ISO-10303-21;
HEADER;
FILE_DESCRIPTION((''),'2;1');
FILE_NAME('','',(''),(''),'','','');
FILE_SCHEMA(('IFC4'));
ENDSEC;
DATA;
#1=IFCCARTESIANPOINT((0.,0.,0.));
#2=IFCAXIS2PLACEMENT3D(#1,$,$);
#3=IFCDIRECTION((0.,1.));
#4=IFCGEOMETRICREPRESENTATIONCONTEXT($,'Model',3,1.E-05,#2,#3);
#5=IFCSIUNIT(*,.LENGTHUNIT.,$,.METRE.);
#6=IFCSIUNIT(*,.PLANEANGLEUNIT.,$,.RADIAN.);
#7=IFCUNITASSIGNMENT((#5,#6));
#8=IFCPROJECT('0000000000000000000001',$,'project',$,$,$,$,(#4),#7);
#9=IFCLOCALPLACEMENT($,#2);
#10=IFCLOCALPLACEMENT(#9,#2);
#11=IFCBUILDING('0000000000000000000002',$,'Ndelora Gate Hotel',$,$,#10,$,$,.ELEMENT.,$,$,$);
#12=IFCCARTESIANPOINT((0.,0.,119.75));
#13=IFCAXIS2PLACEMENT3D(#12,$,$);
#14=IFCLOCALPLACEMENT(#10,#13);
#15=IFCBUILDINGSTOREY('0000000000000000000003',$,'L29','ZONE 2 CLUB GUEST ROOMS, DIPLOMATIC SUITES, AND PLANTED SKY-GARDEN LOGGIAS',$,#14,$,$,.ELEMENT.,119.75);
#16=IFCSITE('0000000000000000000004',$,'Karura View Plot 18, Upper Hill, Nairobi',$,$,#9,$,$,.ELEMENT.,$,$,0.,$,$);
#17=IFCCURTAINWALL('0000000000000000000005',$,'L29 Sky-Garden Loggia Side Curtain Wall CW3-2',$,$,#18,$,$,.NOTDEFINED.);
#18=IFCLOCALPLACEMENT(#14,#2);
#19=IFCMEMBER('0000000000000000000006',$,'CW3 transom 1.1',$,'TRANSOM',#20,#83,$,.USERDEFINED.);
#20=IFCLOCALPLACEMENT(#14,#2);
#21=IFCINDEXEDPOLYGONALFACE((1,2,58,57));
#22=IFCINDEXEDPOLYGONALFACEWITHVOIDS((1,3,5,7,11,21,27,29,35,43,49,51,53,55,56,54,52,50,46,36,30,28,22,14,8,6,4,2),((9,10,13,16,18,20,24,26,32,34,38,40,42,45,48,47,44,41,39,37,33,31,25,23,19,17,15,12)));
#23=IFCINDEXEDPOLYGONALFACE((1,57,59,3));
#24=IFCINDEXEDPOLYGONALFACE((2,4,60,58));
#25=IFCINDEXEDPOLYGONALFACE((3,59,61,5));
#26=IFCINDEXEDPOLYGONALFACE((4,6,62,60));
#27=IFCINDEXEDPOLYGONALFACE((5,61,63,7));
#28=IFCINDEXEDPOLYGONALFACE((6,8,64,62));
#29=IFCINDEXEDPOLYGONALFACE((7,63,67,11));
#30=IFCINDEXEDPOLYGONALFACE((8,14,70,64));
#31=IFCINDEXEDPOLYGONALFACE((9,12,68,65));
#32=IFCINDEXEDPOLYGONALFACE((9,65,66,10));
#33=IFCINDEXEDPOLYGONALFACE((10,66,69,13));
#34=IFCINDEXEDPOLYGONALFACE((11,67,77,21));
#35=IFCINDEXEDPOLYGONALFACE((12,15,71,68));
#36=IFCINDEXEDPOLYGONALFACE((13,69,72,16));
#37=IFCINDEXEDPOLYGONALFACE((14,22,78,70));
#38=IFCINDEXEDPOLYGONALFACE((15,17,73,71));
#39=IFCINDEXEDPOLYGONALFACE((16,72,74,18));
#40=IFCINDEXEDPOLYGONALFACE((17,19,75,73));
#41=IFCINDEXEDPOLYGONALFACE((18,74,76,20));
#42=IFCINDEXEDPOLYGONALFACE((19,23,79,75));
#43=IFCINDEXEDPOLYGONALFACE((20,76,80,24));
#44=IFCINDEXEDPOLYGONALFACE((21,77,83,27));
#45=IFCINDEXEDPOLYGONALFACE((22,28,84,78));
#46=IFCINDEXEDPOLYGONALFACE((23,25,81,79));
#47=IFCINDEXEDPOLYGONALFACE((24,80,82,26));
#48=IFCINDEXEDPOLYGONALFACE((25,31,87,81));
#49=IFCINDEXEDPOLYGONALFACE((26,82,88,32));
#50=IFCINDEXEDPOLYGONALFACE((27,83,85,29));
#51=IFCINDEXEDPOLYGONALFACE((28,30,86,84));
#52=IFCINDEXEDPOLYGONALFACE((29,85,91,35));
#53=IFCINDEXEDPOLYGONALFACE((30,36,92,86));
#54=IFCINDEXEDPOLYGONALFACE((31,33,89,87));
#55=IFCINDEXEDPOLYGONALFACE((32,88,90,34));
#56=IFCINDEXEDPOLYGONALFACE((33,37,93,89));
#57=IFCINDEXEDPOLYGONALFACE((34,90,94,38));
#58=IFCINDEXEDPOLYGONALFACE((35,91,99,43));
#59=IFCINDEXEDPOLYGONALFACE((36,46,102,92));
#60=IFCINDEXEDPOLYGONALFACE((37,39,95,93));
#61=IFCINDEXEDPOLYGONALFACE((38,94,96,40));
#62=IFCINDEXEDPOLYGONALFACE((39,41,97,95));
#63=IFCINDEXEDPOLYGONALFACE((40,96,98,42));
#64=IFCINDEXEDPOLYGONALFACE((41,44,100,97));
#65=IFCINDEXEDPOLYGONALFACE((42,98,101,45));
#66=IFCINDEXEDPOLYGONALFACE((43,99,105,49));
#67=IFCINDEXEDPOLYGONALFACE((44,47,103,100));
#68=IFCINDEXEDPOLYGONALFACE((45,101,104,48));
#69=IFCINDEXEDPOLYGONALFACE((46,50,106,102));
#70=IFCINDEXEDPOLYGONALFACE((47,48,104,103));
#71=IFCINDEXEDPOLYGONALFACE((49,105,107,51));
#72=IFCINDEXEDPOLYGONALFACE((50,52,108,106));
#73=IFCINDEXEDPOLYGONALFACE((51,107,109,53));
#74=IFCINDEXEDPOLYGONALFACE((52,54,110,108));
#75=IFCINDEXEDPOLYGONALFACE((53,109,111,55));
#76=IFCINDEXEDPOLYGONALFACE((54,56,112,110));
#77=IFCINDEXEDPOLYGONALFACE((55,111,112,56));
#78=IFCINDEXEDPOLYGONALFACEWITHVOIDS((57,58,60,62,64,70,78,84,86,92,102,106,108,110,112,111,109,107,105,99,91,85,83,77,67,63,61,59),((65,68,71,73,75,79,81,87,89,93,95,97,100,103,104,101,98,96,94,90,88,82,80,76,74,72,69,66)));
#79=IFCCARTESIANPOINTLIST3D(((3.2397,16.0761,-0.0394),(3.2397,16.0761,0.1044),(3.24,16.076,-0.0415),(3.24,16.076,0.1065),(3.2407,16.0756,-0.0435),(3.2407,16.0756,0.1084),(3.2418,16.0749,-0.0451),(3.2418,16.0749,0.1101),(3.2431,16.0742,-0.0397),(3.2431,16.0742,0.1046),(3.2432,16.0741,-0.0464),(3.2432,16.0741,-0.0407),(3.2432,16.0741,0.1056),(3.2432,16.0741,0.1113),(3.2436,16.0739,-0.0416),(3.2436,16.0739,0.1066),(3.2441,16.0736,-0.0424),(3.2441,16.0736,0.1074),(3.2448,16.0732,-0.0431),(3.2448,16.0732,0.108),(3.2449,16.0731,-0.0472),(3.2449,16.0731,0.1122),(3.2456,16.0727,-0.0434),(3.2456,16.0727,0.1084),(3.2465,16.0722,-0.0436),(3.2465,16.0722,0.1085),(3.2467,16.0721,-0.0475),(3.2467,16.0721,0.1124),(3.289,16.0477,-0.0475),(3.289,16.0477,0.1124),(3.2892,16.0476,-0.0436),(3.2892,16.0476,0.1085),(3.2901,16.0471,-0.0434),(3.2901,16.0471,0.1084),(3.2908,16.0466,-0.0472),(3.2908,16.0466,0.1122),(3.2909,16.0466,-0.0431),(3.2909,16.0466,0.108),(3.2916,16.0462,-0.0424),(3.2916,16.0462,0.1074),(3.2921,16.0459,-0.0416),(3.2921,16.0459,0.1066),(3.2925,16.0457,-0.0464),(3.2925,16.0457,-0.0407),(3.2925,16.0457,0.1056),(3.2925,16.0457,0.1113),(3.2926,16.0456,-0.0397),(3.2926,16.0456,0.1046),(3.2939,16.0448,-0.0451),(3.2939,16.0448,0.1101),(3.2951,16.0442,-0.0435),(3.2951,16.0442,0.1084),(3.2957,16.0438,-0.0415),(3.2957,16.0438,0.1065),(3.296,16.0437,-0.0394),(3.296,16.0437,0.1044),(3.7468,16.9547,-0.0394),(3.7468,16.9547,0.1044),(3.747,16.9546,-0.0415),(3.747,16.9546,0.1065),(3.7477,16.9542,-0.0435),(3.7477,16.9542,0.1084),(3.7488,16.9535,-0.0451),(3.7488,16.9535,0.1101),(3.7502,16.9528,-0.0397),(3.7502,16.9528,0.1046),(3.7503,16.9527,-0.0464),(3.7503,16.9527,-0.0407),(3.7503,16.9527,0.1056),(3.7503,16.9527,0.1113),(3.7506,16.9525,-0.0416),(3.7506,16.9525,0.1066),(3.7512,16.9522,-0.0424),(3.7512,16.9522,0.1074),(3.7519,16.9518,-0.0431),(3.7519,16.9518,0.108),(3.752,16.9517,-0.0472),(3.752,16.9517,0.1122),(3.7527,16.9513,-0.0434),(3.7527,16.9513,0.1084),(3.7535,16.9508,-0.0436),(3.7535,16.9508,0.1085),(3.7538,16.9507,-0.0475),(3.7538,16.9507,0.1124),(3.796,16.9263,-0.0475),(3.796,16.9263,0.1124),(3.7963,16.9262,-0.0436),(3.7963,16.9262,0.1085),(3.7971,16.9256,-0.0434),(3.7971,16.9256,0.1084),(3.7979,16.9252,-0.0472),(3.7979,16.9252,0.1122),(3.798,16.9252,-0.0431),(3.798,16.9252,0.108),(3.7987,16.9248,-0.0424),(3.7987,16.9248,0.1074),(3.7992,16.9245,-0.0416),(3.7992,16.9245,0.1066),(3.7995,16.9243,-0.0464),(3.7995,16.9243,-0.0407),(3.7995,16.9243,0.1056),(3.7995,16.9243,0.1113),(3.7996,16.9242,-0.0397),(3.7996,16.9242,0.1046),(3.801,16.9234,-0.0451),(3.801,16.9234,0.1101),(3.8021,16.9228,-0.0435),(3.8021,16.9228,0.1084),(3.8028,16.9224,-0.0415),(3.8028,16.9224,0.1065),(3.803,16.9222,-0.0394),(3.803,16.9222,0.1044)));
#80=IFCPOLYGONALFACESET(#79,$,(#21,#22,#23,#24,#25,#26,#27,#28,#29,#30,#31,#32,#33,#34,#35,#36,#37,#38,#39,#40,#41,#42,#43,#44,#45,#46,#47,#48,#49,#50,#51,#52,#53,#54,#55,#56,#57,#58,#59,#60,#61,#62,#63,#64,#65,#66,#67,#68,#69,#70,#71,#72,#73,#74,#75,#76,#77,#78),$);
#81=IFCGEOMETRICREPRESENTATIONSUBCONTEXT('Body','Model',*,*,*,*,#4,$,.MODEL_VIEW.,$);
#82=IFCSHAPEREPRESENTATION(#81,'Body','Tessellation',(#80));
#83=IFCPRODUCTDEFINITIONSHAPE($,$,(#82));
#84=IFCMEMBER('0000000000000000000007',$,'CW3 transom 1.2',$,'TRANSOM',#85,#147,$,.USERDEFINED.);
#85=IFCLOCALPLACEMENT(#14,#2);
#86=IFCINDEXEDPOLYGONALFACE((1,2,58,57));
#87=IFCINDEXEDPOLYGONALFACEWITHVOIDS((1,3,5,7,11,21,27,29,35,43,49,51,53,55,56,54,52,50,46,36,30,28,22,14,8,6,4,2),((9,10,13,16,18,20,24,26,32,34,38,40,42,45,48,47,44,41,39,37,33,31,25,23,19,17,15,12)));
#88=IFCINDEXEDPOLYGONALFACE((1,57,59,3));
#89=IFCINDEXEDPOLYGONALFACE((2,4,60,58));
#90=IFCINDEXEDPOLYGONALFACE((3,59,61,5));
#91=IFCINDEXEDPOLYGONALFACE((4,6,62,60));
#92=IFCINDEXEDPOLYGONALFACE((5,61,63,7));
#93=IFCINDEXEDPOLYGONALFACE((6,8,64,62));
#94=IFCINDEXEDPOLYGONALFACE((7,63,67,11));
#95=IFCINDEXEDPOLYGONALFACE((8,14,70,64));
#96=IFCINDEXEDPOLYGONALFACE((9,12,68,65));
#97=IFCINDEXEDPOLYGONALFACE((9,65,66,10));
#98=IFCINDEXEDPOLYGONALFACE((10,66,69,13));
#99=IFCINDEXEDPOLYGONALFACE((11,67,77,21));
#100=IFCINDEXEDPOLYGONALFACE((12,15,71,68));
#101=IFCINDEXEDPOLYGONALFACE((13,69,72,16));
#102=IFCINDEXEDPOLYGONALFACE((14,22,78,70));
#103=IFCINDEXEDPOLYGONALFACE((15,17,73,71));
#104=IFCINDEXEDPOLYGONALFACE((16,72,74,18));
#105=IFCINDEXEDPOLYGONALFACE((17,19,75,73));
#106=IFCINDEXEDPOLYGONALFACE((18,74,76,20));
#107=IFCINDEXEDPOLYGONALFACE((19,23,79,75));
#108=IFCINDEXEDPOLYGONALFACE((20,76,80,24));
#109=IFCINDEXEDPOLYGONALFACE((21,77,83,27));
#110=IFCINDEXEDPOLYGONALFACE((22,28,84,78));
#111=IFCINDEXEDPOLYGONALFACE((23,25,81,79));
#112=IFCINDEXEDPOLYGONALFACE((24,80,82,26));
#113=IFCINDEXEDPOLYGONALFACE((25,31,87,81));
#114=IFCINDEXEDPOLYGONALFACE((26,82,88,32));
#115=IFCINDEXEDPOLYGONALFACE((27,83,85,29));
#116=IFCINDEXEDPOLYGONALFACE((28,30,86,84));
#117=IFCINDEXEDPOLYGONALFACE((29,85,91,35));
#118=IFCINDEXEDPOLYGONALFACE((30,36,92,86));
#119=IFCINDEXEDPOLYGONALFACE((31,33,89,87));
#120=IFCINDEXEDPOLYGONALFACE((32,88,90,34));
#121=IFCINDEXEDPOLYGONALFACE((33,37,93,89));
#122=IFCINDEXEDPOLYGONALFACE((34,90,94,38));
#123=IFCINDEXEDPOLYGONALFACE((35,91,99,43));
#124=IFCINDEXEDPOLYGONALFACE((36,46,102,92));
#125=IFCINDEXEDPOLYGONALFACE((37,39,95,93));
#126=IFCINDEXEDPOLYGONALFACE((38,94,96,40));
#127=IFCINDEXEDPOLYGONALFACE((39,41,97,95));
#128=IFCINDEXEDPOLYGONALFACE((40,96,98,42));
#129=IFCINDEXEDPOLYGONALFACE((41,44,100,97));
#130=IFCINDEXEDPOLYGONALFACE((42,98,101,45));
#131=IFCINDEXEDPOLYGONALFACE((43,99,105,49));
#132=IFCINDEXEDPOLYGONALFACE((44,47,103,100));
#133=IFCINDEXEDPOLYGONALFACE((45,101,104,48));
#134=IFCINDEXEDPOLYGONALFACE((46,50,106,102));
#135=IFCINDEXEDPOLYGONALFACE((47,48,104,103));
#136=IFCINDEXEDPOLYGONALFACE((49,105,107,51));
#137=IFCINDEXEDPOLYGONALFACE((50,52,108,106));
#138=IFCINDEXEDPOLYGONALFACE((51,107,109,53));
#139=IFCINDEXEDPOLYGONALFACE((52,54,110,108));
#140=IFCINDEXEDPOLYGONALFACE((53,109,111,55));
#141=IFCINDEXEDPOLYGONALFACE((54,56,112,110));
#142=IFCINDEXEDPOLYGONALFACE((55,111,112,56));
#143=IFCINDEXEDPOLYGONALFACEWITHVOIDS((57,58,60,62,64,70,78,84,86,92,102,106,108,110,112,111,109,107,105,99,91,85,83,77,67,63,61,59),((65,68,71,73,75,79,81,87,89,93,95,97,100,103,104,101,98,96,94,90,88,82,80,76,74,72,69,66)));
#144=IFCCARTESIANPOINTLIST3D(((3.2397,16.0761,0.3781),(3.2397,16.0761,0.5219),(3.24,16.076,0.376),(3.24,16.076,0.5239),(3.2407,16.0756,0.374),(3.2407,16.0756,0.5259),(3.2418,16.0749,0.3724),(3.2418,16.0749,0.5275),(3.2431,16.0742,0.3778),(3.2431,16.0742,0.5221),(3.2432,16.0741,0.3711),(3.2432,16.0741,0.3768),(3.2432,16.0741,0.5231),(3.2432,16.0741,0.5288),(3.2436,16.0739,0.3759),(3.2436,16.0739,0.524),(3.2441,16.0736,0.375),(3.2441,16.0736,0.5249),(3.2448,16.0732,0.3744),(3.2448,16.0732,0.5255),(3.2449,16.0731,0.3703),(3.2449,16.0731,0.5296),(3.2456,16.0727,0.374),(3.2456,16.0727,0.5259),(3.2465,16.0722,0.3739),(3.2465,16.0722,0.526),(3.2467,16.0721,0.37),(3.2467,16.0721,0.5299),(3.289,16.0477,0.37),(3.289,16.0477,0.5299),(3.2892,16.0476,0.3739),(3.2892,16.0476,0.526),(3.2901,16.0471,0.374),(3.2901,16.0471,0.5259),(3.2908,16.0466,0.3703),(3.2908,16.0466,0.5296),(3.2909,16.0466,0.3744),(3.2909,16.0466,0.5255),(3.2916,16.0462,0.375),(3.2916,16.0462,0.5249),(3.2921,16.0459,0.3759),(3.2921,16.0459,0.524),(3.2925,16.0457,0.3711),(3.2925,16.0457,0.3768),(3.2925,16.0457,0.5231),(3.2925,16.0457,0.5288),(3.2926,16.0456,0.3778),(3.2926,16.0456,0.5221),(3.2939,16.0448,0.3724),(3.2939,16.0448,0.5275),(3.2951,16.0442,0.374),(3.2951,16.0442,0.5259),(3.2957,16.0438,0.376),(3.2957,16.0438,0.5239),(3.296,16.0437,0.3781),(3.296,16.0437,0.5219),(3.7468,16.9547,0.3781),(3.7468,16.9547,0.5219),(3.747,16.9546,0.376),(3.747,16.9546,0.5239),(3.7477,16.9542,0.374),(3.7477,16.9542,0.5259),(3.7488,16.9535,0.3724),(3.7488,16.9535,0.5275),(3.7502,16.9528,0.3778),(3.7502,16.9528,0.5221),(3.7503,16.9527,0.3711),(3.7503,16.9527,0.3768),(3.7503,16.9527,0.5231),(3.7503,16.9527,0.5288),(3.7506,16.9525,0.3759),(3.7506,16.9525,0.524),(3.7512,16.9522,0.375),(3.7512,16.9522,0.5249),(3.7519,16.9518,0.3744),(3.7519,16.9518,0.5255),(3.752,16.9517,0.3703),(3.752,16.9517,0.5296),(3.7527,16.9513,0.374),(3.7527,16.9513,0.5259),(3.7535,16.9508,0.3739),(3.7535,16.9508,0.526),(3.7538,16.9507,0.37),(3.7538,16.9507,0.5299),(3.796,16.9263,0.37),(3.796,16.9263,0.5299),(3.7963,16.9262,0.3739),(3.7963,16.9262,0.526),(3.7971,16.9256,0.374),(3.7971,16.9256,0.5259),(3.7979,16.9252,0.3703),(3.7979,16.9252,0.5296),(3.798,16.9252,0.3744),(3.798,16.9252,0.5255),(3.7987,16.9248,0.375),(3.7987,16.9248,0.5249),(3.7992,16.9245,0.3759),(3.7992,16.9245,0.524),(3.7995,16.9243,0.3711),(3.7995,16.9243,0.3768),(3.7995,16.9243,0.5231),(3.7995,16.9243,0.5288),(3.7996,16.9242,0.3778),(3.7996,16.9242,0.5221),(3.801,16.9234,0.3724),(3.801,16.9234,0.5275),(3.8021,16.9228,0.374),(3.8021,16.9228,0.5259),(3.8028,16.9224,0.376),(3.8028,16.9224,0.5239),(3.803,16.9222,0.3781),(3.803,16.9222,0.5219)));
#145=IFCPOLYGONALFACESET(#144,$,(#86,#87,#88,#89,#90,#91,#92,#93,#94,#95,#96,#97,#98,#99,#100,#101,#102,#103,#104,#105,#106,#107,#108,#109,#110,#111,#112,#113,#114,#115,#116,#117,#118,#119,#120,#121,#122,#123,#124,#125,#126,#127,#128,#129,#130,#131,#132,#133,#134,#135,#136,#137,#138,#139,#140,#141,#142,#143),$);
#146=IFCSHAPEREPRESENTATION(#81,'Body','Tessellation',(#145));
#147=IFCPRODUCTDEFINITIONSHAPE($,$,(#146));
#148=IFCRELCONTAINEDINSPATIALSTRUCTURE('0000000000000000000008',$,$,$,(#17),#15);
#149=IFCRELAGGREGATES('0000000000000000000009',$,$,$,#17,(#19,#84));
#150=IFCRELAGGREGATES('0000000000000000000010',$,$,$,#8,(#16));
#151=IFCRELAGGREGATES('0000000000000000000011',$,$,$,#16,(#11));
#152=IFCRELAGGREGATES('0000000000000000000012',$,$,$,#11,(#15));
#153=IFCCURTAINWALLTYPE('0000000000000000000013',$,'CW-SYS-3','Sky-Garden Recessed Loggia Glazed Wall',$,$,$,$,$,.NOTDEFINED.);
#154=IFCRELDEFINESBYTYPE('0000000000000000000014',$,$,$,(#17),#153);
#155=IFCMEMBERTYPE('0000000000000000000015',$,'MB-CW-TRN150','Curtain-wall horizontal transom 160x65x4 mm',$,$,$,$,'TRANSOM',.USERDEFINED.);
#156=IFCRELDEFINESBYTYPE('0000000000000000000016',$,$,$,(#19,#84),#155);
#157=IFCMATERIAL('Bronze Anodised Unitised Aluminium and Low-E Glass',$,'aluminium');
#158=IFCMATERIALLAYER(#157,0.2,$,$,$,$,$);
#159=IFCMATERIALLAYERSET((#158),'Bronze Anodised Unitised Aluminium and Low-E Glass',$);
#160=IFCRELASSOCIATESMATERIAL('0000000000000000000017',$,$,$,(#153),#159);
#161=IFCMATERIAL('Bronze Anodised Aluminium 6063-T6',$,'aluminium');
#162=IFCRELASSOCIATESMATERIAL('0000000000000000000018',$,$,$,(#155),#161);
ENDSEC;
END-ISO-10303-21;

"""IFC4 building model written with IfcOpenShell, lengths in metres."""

from ifc_helpers import new_model, si_unit, direction, frame, origin, origin_2d, place, context, subcontext, project, spatial, hollow_rectangle, extrude, material, layer, layer_set, material_profile, profile_set, type_object, element, aggregate, save


model = new_model("IFC4")

# Units and contexts
model_context = context("Model", 3, precision=1e-05, world=origin(), true_north=direction((0.0, 1.0)))
body_context = subcontext(model_context, "Body", "Model", "MODEL_VIEW")
ifc_project = project(units=[si_unit("LENGTHUNIT", "METRE"), si_unit("PLANEANGLEUNIT", "RADIAN")], contexts=[model_context])

# Site, building, storey
site_placement = place(None, origin())
site = spatial("IfcSite", under=ifc_project, at=site_placement, Name="Karura View Plot 18, Upper Hill, Nairobi", CompositionType="ELEMENT", RefElevation=0.0)
building_placement = place(site_placement, origin())
building = spatial("IfcBuilding", under=site, at=building_placement, Name="Ndelora Gate Hotel", CompositionType="ELEMENT")
storey_placement = place(building_placement, frame((0.0, 0.0, 119.75)))
storey = spatial("IfcBuildingStorey", under=building, at=storey_placement, Name="L29", Description="ZONE 2 CLUB GUEST ROOMS, DIPLOMATIC SUITES, AND PLANTED SKY-GARDEN LOGGIAS", CompositionType="ELEMENT", Elevation=119.75)

# Curtain wall, members
ifc_material_1 = material(Name="Bronze Anodised Unitised Aluminium and Low-E Glass", Category="aluminium")
ifc_layer_1 = layer(ifc_material_1, 0.2)
ifc_layer_set_1 = layer_set([ifc_layer_1], Name="Bronze Anodised Unitised Aluminium and Low-E Glass")
curtain_wall_type = type_object("IfcCurtainWallType", Name="CW-SYS-3", Description="Sky-Garden Recessed Loggia Glazed Wall", PredefinedType="NOTDEFINED", material=ifc_layer_set_1)
curtain_wall_placement = place(storey_placement, origin())
curtain_wall = element("IfcCurtainWall", 1, at=curtain_wall_placement, inside=storey, type_object=curtain_wall_type, Name="L29 Sky-Garden Loggia Side Curtain Wall CW3-2", PredefinedType="NOTDEFINED")
ifc_material_2 = material(Name="Bronze Anodised Aluminium 6063-T6", Category="aluminium")
ifc_material_profile_1 = material_profile(ifc_material_2, hollow_rectangle(XDim=0.0649, YDim=0.1599, WallThickness=0.0039, InnerFilletRadius=0.0039, OuterFilletRadius=0.0081, at=origin_2d()), Name="ALU 160x65x4")
ifc_profile_set_1 = profile_set([ifc_material_profile_1], Name="Bronze Anodised Aluminium 6063-T6")
member_type_1 = type_object("IfcMemberType", Name="MB-CW-TRN150", Description="Curtain-wall horizontal transom 160x65x4 mm", ElementType="TRANSOM", PredefinedType="USERDEFINED", material=ifc_profile_set_1)
member_1_placement = place(storey_placement, frame((3.7749, 16.9385, 0.0325), z_axis=(-0.499841, -0.866117, 0.0), x_axis=(0.866117, -0.499841, 0.0)))
member_1 = element("IfcMember", 2, at=member_1_placement, type_object=member_type_1, Name="CW3 transom 1.1", ObjectType="TRANSOM", PredefinedType="USERDEFINED", context=body_context, shape_type="SweptSolid", body=[
    extrude(hollow_rectangle(XDim=0.0649, YDim=0.1599, WallThickness=0.0039, InnerFilletRadius=0.0039, OuterFilletRadius=0.0081, at=origin_2d()), origin(), (0.0, 0.0, 1.0), 1.0144),
])
member_2_placement = place(storey_placement, frame((3.7749, 16.9385, 0.45), z_axis=(-0.499841, -0.866117, 0.0), x_axis=(0.866117, -0.499841, 0.0)))
member_2 = element("IfcMember", 3, at=member_2_placement, type_object=member_type_1, Name="CW3 transom 1.2", ObjectType="TRANSOM", PredefinedType="USERDEFINED", context=body_context, shape_type="SweptSolid", body=[
    extrude(hollow_rectangle(XDim=0.0649, YDim=0.1599, WallThickness=0.0039, InnerFilletRadius=0.0039, OuterFilletRadius=0.0081, at=origin_2d()), origin(), (0.0, 0.0, 1.0), 1.0144),
])
aggregate(curtain_wall, [member_1, member_2])

save(model, "model.ifc")
